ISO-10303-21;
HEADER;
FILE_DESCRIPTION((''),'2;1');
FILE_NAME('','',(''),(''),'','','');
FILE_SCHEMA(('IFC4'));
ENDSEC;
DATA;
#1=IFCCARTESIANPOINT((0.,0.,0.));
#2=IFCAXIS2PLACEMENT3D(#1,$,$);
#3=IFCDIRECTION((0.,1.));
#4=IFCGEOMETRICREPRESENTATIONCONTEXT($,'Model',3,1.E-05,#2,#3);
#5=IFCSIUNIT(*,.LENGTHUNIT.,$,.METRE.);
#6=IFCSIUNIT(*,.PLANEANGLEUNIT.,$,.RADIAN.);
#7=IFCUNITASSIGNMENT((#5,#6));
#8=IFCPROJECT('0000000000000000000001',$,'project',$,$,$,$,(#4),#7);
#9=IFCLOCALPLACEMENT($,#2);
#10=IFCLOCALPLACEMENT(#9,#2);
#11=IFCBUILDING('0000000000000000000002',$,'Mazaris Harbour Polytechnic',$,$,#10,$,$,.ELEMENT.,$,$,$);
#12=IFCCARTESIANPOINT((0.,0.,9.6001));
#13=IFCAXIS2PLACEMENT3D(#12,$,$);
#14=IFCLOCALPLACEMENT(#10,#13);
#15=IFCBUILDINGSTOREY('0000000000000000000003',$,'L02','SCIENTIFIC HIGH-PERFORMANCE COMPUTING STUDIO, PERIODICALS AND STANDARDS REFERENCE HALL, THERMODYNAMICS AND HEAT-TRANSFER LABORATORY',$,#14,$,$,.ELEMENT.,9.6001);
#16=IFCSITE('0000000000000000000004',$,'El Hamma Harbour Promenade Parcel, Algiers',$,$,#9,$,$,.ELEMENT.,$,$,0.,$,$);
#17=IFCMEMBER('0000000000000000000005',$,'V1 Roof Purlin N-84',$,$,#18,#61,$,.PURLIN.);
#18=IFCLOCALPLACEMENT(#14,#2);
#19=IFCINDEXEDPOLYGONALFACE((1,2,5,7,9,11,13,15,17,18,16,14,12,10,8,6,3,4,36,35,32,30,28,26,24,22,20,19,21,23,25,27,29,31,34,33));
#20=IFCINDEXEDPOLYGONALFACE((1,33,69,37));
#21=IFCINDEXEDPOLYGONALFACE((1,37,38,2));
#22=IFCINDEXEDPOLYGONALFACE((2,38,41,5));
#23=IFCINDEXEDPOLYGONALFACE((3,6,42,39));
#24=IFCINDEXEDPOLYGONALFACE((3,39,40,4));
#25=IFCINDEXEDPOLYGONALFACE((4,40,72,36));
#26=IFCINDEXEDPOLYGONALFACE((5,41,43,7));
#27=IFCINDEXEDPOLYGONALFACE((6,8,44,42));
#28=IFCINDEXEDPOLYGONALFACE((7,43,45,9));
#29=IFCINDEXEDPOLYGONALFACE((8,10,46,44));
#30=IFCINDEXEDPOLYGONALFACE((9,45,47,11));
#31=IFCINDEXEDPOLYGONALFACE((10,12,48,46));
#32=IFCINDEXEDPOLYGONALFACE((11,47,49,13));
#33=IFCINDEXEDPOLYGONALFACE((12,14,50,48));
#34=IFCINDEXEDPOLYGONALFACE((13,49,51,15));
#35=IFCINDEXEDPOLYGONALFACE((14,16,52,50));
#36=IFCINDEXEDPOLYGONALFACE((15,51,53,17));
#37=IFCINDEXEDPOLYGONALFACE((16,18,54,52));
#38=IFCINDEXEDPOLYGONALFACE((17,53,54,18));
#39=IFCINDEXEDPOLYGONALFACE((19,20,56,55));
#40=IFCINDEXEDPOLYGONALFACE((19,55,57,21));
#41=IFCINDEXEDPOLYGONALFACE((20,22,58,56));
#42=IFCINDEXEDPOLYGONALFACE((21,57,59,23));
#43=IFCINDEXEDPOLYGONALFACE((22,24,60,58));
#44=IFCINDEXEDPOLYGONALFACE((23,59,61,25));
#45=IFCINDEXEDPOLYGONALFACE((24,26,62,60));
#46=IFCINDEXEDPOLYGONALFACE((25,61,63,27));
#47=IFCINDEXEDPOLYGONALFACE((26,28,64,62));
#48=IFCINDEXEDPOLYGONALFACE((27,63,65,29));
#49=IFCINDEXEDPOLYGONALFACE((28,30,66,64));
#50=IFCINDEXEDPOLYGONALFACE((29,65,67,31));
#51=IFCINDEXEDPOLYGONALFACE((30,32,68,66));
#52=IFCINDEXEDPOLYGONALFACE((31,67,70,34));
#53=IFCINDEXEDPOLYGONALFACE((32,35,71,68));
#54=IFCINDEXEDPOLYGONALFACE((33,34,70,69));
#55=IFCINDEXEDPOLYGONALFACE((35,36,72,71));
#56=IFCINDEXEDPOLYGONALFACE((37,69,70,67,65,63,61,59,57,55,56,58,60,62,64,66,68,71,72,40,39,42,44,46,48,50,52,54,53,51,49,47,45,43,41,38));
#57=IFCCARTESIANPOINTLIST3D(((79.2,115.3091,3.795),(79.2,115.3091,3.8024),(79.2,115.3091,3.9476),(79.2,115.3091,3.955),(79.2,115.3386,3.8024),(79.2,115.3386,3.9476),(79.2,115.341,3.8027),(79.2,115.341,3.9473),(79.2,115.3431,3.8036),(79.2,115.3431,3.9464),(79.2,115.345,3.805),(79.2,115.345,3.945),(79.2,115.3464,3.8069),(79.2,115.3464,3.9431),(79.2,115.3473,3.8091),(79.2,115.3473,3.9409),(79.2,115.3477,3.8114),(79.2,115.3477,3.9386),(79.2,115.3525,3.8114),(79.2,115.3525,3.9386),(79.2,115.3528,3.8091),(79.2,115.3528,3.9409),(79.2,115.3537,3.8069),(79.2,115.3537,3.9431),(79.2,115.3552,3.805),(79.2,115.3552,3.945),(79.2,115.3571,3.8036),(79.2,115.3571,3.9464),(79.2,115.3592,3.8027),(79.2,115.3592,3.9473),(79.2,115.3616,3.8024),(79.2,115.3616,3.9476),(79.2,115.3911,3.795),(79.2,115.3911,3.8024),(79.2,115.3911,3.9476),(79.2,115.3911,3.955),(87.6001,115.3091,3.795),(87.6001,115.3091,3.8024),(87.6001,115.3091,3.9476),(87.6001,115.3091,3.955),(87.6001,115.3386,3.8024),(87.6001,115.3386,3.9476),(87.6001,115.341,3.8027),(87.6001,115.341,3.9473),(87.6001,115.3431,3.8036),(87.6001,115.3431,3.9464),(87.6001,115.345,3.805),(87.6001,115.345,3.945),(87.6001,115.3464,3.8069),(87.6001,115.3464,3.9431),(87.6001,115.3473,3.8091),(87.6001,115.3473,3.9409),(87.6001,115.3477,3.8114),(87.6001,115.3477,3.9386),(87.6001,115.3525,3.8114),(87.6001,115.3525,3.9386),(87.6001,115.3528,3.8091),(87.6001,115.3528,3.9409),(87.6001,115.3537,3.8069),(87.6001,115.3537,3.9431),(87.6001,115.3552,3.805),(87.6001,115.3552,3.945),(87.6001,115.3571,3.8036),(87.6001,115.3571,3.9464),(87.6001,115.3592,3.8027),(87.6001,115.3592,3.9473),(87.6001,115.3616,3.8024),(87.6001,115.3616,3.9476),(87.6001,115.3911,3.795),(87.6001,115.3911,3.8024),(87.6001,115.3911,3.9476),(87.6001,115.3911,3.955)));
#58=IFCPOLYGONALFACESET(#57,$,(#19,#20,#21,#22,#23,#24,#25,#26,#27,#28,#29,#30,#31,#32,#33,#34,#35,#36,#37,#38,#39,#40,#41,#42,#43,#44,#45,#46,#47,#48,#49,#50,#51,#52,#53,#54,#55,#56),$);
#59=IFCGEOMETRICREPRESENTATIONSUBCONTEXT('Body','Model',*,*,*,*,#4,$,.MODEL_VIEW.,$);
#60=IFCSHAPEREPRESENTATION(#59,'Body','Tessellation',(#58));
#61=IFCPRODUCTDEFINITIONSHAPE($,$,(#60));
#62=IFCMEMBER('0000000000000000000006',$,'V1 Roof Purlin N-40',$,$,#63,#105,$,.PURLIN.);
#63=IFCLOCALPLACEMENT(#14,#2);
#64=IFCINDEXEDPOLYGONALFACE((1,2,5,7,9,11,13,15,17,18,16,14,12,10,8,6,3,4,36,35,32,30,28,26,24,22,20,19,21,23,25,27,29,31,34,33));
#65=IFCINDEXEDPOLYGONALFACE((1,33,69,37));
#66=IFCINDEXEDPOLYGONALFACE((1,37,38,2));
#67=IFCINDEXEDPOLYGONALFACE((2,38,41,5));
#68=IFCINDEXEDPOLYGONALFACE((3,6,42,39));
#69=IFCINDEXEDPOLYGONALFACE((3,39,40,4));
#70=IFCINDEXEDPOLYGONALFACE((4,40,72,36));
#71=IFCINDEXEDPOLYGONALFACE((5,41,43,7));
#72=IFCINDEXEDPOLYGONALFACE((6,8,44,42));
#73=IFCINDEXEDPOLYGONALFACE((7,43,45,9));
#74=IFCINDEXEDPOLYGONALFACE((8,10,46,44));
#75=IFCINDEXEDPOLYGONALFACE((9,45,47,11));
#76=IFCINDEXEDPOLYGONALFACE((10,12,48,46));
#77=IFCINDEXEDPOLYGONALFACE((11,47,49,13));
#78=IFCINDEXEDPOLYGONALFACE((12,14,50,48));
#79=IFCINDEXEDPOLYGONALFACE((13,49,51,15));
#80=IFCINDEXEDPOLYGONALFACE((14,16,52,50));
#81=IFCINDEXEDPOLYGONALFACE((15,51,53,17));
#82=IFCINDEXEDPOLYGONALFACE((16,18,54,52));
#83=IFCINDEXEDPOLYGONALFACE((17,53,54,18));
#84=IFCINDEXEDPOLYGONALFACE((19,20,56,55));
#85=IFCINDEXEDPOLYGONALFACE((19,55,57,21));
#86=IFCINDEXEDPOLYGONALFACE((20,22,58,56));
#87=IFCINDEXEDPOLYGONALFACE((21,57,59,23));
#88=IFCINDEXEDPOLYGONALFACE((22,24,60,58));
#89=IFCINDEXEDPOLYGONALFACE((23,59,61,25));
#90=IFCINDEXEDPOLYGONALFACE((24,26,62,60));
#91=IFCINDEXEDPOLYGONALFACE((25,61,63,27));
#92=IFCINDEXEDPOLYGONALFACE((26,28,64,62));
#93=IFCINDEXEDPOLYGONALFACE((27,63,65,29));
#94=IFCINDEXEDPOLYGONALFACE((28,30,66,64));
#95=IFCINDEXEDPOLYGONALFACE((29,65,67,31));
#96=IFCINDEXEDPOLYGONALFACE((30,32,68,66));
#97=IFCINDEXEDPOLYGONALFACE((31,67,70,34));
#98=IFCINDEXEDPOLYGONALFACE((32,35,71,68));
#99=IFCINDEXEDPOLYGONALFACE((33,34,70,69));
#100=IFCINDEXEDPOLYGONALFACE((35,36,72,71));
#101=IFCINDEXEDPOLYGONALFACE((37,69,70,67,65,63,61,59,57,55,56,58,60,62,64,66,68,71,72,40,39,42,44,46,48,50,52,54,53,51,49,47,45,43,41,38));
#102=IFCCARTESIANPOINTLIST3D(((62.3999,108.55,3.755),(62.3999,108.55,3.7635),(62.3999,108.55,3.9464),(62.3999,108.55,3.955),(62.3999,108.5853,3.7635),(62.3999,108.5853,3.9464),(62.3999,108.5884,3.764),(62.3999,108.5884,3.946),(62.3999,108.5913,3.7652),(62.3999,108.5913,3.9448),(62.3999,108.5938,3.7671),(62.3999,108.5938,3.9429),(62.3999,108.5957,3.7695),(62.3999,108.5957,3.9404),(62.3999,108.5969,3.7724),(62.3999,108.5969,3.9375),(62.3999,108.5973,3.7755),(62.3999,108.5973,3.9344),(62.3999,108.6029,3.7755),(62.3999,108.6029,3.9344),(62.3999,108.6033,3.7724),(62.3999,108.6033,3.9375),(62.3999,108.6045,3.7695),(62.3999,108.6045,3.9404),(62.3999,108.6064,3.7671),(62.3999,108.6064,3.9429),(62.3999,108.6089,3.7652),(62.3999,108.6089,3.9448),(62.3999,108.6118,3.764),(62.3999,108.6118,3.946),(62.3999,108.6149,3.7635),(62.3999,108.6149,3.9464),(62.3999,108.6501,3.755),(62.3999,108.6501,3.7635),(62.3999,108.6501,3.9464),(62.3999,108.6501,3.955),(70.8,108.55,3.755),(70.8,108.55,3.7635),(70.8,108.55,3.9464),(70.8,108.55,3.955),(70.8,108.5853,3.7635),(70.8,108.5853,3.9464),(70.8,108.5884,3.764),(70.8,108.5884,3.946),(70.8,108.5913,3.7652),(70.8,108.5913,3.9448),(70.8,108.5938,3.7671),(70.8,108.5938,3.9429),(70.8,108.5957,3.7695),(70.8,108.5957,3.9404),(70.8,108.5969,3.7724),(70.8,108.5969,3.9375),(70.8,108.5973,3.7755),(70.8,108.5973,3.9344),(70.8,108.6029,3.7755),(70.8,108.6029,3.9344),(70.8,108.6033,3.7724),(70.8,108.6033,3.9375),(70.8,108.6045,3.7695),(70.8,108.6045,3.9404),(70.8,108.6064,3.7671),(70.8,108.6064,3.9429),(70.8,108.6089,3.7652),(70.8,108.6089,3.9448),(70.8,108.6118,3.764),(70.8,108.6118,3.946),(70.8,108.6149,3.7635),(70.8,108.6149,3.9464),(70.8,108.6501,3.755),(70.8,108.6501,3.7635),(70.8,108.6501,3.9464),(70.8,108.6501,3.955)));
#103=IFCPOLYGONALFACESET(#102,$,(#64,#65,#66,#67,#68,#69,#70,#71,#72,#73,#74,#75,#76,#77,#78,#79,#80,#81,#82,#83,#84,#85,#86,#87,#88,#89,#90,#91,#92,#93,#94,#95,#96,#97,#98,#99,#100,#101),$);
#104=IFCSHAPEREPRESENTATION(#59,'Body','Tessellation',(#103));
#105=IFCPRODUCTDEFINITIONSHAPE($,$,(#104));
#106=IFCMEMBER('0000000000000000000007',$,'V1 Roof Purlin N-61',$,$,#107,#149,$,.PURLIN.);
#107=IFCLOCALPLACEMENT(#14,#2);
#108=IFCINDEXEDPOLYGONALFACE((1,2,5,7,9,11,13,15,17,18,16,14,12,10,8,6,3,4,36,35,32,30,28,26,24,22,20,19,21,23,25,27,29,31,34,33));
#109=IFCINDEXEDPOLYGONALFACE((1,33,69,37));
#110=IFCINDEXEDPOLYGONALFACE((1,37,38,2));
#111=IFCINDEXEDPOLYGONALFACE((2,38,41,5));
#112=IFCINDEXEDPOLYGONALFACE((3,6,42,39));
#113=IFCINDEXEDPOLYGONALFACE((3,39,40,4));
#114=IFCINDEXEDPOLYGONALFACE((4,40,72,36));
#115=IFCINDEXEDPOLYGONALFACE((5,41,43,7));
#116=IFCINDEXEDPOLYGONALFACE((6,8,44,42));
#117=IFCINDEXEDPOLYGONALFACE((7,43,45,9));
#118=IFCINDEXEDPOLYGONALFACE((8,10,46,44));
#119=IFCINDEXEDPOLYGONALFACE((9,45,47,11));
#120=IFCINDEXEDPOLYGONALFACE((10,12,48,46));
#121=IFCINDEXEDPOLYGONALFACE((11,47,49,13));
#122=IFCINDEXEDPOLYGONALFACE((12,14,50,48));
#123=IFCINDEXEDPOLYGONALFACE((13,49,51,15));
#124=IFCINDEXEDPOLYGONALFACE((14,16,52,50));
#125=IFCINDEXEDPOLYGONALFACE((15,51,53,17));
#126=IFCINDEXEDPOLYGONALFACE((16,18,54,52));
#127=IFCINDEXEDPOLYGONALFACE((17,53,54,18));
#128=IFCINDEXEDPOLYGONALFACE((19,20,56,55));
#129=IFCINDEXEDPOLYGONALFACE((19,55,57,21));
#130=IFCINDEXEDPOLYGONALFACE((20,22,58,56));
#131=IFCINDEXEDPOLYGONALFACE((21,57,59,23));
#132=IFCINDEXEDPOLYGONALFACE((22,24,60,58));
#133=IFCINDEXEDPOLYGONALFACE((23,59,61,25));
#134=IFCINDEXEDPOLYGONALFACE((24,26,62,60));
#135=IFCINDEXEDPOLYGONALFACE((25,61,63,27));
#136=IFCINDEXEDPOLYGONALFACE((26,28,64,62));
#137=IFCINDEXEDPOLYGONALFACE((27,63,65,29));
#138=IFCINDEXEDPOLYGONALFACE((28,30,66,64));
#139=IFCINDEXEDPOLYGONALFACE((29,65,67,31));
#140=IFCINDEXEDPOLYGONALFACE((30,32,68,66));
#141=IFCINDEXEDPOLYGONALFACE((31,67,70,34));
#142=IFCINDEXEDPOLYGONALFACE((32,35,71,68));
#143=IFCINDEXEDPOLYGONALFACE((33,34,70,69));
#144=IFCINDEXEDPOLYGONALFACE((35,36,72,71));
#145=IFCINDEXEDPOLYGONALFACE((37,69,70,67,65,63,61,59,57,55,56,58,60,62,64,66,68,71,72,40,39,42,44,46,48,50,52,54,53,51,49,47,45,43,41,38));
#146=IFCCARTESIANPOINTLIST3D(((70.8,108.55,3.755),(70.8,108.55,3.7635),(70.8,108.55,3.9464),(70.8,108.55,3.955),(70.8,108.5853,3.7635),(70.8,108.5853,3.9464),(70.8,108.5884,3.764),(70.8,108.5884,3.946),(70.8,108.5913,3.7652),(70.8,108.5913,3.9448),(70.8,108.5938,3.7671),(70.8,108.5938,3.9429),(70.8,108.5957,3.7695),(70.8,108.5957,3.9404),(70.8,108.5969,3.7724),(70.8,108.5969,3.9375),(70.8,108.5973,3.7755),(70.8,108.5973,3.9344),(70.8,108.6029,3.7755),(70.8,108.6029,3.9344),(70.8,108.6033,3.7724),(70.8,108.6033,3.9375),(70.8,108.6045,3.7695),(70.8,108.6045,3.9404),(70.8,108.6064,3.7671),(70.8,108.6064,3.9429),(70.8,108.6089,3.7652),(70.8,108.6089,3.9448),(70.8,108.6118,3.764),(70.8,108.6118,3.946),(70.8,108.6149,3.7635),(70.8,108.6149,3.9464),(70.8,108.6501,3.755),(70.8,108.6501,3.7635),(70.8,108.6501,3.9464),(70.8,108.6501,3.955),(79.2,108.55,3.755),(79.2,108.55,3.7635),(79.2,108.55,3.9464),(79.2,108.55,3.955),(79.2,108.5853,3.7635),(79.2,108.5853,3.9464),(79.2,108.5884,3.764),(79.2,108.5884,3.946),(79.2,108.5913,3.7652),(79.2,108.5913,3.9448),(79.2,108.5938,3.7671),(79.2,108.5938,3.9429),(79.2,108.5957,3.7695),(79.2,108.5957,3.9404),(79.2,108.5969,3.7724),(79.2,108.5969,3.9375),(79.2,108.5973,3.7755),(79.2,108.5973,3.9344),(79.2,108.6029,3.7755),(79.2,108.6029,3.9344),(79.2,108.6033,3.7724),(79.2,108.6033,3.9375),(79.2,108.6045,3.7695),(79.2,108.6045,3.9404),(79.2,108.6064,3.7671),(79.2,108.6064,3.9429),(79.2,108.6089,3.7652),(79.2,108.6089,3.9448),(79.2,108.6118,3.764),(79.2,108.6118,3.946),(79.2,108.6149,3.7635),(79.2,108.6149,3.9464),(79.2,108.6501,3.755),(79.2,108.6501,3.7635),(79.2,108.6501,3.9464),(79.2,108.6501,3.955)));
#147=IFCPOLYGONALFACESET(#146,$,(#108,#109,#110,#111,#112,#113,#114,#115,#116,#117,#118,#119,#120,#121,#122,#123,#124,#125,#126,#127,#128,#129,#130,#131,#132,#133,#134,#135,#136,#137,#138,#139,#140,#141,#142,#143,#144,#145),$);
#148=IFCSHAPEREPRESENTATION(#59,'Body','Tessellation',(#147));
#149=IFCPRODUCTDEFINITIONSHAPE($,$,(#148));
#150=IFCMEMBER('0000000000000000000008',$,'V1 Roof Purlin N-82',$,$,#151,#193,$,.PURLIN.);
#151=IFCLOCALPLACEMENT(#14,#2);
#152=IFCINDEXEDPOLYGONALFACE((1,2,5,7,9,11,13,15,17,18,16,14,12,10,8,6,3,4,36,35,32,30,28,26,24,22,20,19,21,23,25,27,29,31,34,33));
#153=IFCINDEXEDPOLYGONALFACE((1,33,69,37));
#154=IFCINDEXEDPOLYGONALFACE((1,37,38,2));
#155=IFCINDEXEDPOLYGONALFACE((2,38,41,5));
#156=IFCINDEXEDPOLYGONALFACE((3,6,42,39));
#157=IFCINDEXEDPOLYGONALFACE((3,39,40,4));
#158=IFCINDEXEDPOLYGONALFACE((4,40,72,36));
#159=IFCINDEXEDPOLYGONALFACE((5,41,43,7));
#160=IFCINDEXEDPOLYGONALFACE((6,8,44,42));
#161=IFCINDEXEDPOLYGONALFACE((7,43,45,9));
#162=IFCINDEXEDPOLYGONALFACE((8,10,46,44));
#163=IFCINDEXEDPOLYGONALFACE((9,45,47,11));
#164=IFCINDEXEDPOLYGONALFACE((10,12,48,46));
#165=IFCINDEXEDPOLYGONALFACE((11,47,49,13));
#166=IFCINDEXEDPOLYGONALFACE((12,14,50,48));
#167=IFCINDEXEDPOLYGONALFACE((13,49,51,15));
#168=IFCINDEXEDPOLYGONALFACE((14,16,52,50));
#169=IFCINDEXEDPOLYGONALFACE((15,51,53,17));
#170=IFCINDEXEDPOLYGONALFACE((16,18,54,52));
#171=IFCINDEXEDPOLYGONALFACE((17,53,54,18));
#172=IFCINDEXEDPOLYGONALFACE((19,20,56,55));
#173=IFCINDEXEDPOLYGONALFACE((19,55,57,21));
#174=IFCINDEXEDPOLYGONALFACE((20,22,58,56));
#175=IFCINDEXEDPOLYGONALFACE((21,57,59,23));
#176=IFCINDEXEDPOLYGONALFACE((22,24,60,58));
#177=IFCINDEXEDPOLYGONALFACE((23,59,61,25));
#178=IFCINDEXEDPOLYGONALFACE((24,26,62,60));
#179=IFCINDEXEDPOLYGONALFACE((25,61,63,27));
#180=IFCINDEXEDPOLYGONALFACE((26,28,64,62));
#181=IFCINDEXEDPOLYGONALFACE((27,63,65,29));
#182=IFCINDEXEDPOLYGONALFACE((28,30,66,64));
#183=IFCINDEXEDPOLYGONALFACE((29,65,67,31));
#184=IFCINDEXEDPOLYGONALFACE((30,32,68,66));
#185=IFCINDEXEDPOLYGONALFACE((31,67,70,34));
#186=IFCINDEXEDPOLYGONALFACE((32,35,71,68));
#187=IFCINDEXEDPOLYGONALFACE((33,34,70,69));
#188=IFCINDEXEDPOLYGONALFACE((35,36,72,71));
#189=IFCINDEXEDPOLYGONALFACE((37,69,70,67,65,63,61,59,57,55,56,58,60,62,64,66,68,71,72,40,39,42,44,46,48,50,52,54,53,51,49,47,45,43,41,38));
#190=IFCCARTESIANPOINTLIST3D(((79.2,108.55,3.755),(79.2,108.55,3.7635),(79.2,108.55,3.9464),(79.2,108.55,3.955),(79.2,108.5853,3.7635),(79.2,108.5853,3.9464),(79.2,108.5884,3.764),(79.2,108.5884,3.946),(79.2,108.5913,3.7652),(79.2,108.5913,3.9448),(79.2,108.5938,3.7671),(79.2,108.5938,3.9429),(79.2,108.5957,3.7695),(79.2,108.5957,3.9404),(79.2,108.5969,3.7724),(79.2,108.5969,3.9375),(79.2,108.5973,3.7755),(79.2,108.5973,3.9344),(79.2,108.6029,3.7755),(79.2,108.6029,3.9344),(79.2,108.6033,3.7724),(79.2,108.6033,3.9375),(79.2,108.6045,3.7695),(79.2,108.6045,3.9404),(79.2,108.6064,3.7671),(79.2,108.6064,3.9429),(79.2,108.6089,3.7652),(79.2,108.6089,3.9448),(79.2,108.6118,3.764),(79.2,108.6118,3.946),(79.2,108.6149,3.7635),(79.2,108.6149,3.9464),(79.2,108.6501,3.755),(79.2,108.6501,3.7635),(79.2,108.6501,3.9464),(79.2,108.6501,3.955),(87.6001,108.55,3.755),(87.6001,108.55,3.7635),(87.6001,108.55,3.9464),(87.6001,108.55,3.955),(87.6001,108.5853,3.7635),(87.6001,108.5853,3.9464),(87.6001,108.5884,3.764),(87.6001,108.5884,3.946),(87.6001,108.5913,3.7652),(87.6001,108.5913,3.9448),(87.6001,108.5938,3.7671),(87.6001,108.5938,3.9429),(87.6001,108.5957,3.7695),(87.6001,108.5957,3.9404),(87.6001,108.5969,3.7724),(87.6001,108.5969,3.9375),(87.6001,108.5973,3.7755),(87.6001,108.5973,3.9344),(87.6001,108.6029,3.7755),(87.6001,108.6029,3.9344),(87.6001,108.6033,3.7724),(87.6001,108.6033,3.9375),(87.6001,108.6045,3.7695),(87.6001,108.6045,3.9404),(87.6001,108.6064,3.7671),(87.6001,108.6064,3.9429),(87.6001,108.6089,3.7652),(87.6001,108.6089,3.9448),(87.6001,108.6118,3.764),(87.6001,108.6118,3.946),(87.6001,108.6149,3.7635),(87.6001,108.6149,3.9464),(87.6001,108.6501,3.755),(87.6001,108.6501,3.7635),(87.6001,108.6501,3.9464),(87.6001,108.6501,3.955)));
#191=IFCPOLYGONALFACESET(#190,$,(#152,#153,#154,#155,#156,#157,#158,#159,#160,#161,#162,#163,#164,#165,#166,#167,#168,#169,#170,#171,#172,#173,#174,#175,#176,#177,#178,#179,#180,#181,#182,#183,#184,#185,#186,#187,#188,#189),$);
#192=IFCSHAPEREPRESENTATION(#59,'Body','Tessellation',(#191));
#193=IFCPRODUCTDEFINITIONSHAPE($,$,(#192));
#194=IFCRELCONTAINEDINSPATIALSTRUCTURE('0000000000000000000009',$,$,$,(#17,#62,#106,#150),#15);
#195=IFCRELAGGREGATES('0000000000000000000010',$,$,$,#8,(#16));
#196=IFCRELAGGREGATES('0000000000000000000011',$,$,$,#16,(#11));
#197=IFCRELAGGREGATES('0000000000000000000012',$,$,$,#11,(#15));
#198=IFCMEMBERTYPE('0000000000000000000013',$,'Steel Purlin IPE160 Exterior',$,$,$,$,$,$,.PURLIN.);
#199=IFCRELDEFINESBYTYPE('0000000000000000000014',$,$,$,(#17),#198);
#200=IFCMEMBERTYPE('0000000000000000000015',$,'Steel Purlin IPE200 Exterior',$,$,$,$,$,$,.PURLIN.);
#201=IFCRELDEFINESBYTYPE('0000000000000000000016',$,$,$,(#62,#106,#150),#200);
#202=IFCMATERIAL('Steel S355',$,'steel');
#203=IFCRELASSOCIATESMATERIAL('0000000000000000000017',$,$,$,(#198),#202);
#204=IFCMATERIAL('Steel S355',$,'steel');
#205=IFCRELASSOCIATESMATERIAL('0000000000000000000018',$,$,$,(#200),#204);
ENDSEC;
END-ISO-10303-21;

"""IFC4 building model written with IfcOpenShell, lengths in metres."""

from ifc_helpers import new_model, si_unit, direction, frame, origin, origin_2d, place, context, subcontext, project, spatial, i_section, extrude, material, material_profile, profile_set, type_object, element, save


model = new_model("IFC4")

# Units and contexts
model_context = context("Model", 3, precision=1e-05, world=origin(), true_north=direction((0.0, 1.0)))
body_context = subcontext(model_context, "Body", "Model", "MODEL_VIEW")
ifc_project = project(units=[si_unit("LENGTHUNIT", "METRE"), si_unit("PLANEANGLEUNIT", "RADIAN")], contexts=[model_context])

# Site, building, storey
site_placement = place(None, origin())
site = spatial("IfcSite", under=ifc_project, at=site_placement, Name="El Hamma Harbour Promenade Parcel, Algiers", CompositionType="ELEMENT", RefElevation=0.0)
building_placement = place(site_placement, origin())
building = spatial("IfcBuilding", under=site, at=building_placement, Name="Mazaris Harbour Polytechnic", CompositionType="ELEMENT")
storey_placement = place(building_placement, frame((0.0, 0.0, 9.6001)))
storey = spatial("IfcBuildingStorey", under=building, at=storey_placement, Name="L02", Description="SCIENTIFIC HIGH-PERFORMANCE COMPUTING STUDIO, PERIODICALS AND STANDARDS REFERENCE HALL, THERMODYNAMICS AND HEAT-TRANSFER LABORATORY", CompositionType="ELEMENT", Elevation=9.6001)

# Members
ifc_material_1 = material(Name="Steel S355", Category="steel")
ifc_material_profile_1 = material_profile(ifc_material_1, i_section(OverallWidth=0.082, OverallDepth=0.1599, WebThickness=0.0049, FlangeThickness=0.0073, FilletRadius=0.009, at=origin_2d()), Name="IPE 160")
ifc_profile_set_1 = profile_set([ifc_material_profile_1], Name="Steel S355")
member_type_1 = type_object("IfcMemberType", Name="Steel Purlin IPE160 Exterior", PredefinedType="PURLIN", material=ifc_profile_set_1)
member_1_placement = place(storey_placement, frame((79.2, 115.3501, 3.875), z_axis=(1.0, 0.0, 0.0), x_axis=(0.0, 1.0, 0.0)))
element("IfcMember", 1, at=member_1_placement, inside=storey, type_object=member_type_1, Name="V1 Roof Purlin N-84", PredefinedType="PURLIN", context=body_context, shape_type="SweptSolid", body=[
    extrude(i_section(OverallWidth=0.082, OverallDepth=0.1599, WebThickness=0.0049, FlangeThickness=0.0073, FilletRadius=0.009, at=origin_2d()), origin(), (0.0, 0.0, 1.0), 8.4001),
])
ifc_material_2 = material(Name="Steel S355", Category="steel")
ifc_material_profile_2 = material_profile(ifc_material_2, i_section(OverallWidth=0.1001, OverallDepth=0.2, WebThickness=0.0056, FlangeThickness=0.0085, FilletRadius=0.012, at=origin_2d()), Name="IPE 200")
ifc_profile_set_2 = profile_set([ifc_material_profile_2], Name="Steel S355")
member_type_2 = type_object("IfcMemberType", Name="Steel Purlin IPE200 Exterior", PredefinedType="PURLIN", material=ifc_profile_set_2)
member_2_placement = place(storey_placement, frame((62.3999, 108.6001, 3.855), z_axis=(1.0, 0.0, 0.0), x_axis=(0.0, 1.0, 0.0)))
element("IfcMember", 2, at=member_2_placement, inside=storey, type_object=member_type_2, Name="V1 Roof Purlin N-40", PredefinedType="PURLIN", context=body_context, shape_type="SweptSolid", body=[
    extrude(i_section(OverallWidth=0.1001, OverallDepth=0.2, WebThickness=0.0056, FlangeThickness=0.0085, FilletRadius=0.012, at=origin_2d()), origin(), (0.0, 0.0, 1.0), 8.4001),
])
member_3_placement = place(storey_placement, frame((70.8, 108.6001, 3.855), z_axis=(1.0, 0.0, 0.0), x_axis=(0.0, 1.0, 0.0)))
element("IfcMember", 3, at=member_3_placement, inside=storey, type_object=member_type_2, Name="V1 Roof Purlin N-61", PredefinedType="PURLIN", context=body_context, shape_type="SweptSolid", body=[
    extrude(i_section(OverallWidth=0.1001, OverallDepth=0.2, WebThickness=0.0056, FlangeThickness=0.0085, FilletRadius=0.012, at=origin_2d()), origin(), (0.0, 0.0, 1.0), 8.3999),
])
member_4_placement = place(storey_placement, frame((79.2, 108.6001, 3.855), z_axis=(1.0, 0.0, 0.0), x_axis=(0.0, 1.0, 0.0)))
element("IfcMember", 4, at=member_4_placement, inside=storey, type_object=member_type_2, Name="V1 Roof Purlin N-82", PredefinedType="PURLIN", context=body_context, shape_type="SweptSolid", body=[
    extrude(i_section(OverallWidth=0.1001, OverallDepth=0.2, WebThickness=0.0056, FlangeThickness=0.0085, FilletRadius=0.012, at=origin_2d()), origin(), (0.0, 0.0, 1.0), 8.4001),
])

save(model, "model.ifc")
